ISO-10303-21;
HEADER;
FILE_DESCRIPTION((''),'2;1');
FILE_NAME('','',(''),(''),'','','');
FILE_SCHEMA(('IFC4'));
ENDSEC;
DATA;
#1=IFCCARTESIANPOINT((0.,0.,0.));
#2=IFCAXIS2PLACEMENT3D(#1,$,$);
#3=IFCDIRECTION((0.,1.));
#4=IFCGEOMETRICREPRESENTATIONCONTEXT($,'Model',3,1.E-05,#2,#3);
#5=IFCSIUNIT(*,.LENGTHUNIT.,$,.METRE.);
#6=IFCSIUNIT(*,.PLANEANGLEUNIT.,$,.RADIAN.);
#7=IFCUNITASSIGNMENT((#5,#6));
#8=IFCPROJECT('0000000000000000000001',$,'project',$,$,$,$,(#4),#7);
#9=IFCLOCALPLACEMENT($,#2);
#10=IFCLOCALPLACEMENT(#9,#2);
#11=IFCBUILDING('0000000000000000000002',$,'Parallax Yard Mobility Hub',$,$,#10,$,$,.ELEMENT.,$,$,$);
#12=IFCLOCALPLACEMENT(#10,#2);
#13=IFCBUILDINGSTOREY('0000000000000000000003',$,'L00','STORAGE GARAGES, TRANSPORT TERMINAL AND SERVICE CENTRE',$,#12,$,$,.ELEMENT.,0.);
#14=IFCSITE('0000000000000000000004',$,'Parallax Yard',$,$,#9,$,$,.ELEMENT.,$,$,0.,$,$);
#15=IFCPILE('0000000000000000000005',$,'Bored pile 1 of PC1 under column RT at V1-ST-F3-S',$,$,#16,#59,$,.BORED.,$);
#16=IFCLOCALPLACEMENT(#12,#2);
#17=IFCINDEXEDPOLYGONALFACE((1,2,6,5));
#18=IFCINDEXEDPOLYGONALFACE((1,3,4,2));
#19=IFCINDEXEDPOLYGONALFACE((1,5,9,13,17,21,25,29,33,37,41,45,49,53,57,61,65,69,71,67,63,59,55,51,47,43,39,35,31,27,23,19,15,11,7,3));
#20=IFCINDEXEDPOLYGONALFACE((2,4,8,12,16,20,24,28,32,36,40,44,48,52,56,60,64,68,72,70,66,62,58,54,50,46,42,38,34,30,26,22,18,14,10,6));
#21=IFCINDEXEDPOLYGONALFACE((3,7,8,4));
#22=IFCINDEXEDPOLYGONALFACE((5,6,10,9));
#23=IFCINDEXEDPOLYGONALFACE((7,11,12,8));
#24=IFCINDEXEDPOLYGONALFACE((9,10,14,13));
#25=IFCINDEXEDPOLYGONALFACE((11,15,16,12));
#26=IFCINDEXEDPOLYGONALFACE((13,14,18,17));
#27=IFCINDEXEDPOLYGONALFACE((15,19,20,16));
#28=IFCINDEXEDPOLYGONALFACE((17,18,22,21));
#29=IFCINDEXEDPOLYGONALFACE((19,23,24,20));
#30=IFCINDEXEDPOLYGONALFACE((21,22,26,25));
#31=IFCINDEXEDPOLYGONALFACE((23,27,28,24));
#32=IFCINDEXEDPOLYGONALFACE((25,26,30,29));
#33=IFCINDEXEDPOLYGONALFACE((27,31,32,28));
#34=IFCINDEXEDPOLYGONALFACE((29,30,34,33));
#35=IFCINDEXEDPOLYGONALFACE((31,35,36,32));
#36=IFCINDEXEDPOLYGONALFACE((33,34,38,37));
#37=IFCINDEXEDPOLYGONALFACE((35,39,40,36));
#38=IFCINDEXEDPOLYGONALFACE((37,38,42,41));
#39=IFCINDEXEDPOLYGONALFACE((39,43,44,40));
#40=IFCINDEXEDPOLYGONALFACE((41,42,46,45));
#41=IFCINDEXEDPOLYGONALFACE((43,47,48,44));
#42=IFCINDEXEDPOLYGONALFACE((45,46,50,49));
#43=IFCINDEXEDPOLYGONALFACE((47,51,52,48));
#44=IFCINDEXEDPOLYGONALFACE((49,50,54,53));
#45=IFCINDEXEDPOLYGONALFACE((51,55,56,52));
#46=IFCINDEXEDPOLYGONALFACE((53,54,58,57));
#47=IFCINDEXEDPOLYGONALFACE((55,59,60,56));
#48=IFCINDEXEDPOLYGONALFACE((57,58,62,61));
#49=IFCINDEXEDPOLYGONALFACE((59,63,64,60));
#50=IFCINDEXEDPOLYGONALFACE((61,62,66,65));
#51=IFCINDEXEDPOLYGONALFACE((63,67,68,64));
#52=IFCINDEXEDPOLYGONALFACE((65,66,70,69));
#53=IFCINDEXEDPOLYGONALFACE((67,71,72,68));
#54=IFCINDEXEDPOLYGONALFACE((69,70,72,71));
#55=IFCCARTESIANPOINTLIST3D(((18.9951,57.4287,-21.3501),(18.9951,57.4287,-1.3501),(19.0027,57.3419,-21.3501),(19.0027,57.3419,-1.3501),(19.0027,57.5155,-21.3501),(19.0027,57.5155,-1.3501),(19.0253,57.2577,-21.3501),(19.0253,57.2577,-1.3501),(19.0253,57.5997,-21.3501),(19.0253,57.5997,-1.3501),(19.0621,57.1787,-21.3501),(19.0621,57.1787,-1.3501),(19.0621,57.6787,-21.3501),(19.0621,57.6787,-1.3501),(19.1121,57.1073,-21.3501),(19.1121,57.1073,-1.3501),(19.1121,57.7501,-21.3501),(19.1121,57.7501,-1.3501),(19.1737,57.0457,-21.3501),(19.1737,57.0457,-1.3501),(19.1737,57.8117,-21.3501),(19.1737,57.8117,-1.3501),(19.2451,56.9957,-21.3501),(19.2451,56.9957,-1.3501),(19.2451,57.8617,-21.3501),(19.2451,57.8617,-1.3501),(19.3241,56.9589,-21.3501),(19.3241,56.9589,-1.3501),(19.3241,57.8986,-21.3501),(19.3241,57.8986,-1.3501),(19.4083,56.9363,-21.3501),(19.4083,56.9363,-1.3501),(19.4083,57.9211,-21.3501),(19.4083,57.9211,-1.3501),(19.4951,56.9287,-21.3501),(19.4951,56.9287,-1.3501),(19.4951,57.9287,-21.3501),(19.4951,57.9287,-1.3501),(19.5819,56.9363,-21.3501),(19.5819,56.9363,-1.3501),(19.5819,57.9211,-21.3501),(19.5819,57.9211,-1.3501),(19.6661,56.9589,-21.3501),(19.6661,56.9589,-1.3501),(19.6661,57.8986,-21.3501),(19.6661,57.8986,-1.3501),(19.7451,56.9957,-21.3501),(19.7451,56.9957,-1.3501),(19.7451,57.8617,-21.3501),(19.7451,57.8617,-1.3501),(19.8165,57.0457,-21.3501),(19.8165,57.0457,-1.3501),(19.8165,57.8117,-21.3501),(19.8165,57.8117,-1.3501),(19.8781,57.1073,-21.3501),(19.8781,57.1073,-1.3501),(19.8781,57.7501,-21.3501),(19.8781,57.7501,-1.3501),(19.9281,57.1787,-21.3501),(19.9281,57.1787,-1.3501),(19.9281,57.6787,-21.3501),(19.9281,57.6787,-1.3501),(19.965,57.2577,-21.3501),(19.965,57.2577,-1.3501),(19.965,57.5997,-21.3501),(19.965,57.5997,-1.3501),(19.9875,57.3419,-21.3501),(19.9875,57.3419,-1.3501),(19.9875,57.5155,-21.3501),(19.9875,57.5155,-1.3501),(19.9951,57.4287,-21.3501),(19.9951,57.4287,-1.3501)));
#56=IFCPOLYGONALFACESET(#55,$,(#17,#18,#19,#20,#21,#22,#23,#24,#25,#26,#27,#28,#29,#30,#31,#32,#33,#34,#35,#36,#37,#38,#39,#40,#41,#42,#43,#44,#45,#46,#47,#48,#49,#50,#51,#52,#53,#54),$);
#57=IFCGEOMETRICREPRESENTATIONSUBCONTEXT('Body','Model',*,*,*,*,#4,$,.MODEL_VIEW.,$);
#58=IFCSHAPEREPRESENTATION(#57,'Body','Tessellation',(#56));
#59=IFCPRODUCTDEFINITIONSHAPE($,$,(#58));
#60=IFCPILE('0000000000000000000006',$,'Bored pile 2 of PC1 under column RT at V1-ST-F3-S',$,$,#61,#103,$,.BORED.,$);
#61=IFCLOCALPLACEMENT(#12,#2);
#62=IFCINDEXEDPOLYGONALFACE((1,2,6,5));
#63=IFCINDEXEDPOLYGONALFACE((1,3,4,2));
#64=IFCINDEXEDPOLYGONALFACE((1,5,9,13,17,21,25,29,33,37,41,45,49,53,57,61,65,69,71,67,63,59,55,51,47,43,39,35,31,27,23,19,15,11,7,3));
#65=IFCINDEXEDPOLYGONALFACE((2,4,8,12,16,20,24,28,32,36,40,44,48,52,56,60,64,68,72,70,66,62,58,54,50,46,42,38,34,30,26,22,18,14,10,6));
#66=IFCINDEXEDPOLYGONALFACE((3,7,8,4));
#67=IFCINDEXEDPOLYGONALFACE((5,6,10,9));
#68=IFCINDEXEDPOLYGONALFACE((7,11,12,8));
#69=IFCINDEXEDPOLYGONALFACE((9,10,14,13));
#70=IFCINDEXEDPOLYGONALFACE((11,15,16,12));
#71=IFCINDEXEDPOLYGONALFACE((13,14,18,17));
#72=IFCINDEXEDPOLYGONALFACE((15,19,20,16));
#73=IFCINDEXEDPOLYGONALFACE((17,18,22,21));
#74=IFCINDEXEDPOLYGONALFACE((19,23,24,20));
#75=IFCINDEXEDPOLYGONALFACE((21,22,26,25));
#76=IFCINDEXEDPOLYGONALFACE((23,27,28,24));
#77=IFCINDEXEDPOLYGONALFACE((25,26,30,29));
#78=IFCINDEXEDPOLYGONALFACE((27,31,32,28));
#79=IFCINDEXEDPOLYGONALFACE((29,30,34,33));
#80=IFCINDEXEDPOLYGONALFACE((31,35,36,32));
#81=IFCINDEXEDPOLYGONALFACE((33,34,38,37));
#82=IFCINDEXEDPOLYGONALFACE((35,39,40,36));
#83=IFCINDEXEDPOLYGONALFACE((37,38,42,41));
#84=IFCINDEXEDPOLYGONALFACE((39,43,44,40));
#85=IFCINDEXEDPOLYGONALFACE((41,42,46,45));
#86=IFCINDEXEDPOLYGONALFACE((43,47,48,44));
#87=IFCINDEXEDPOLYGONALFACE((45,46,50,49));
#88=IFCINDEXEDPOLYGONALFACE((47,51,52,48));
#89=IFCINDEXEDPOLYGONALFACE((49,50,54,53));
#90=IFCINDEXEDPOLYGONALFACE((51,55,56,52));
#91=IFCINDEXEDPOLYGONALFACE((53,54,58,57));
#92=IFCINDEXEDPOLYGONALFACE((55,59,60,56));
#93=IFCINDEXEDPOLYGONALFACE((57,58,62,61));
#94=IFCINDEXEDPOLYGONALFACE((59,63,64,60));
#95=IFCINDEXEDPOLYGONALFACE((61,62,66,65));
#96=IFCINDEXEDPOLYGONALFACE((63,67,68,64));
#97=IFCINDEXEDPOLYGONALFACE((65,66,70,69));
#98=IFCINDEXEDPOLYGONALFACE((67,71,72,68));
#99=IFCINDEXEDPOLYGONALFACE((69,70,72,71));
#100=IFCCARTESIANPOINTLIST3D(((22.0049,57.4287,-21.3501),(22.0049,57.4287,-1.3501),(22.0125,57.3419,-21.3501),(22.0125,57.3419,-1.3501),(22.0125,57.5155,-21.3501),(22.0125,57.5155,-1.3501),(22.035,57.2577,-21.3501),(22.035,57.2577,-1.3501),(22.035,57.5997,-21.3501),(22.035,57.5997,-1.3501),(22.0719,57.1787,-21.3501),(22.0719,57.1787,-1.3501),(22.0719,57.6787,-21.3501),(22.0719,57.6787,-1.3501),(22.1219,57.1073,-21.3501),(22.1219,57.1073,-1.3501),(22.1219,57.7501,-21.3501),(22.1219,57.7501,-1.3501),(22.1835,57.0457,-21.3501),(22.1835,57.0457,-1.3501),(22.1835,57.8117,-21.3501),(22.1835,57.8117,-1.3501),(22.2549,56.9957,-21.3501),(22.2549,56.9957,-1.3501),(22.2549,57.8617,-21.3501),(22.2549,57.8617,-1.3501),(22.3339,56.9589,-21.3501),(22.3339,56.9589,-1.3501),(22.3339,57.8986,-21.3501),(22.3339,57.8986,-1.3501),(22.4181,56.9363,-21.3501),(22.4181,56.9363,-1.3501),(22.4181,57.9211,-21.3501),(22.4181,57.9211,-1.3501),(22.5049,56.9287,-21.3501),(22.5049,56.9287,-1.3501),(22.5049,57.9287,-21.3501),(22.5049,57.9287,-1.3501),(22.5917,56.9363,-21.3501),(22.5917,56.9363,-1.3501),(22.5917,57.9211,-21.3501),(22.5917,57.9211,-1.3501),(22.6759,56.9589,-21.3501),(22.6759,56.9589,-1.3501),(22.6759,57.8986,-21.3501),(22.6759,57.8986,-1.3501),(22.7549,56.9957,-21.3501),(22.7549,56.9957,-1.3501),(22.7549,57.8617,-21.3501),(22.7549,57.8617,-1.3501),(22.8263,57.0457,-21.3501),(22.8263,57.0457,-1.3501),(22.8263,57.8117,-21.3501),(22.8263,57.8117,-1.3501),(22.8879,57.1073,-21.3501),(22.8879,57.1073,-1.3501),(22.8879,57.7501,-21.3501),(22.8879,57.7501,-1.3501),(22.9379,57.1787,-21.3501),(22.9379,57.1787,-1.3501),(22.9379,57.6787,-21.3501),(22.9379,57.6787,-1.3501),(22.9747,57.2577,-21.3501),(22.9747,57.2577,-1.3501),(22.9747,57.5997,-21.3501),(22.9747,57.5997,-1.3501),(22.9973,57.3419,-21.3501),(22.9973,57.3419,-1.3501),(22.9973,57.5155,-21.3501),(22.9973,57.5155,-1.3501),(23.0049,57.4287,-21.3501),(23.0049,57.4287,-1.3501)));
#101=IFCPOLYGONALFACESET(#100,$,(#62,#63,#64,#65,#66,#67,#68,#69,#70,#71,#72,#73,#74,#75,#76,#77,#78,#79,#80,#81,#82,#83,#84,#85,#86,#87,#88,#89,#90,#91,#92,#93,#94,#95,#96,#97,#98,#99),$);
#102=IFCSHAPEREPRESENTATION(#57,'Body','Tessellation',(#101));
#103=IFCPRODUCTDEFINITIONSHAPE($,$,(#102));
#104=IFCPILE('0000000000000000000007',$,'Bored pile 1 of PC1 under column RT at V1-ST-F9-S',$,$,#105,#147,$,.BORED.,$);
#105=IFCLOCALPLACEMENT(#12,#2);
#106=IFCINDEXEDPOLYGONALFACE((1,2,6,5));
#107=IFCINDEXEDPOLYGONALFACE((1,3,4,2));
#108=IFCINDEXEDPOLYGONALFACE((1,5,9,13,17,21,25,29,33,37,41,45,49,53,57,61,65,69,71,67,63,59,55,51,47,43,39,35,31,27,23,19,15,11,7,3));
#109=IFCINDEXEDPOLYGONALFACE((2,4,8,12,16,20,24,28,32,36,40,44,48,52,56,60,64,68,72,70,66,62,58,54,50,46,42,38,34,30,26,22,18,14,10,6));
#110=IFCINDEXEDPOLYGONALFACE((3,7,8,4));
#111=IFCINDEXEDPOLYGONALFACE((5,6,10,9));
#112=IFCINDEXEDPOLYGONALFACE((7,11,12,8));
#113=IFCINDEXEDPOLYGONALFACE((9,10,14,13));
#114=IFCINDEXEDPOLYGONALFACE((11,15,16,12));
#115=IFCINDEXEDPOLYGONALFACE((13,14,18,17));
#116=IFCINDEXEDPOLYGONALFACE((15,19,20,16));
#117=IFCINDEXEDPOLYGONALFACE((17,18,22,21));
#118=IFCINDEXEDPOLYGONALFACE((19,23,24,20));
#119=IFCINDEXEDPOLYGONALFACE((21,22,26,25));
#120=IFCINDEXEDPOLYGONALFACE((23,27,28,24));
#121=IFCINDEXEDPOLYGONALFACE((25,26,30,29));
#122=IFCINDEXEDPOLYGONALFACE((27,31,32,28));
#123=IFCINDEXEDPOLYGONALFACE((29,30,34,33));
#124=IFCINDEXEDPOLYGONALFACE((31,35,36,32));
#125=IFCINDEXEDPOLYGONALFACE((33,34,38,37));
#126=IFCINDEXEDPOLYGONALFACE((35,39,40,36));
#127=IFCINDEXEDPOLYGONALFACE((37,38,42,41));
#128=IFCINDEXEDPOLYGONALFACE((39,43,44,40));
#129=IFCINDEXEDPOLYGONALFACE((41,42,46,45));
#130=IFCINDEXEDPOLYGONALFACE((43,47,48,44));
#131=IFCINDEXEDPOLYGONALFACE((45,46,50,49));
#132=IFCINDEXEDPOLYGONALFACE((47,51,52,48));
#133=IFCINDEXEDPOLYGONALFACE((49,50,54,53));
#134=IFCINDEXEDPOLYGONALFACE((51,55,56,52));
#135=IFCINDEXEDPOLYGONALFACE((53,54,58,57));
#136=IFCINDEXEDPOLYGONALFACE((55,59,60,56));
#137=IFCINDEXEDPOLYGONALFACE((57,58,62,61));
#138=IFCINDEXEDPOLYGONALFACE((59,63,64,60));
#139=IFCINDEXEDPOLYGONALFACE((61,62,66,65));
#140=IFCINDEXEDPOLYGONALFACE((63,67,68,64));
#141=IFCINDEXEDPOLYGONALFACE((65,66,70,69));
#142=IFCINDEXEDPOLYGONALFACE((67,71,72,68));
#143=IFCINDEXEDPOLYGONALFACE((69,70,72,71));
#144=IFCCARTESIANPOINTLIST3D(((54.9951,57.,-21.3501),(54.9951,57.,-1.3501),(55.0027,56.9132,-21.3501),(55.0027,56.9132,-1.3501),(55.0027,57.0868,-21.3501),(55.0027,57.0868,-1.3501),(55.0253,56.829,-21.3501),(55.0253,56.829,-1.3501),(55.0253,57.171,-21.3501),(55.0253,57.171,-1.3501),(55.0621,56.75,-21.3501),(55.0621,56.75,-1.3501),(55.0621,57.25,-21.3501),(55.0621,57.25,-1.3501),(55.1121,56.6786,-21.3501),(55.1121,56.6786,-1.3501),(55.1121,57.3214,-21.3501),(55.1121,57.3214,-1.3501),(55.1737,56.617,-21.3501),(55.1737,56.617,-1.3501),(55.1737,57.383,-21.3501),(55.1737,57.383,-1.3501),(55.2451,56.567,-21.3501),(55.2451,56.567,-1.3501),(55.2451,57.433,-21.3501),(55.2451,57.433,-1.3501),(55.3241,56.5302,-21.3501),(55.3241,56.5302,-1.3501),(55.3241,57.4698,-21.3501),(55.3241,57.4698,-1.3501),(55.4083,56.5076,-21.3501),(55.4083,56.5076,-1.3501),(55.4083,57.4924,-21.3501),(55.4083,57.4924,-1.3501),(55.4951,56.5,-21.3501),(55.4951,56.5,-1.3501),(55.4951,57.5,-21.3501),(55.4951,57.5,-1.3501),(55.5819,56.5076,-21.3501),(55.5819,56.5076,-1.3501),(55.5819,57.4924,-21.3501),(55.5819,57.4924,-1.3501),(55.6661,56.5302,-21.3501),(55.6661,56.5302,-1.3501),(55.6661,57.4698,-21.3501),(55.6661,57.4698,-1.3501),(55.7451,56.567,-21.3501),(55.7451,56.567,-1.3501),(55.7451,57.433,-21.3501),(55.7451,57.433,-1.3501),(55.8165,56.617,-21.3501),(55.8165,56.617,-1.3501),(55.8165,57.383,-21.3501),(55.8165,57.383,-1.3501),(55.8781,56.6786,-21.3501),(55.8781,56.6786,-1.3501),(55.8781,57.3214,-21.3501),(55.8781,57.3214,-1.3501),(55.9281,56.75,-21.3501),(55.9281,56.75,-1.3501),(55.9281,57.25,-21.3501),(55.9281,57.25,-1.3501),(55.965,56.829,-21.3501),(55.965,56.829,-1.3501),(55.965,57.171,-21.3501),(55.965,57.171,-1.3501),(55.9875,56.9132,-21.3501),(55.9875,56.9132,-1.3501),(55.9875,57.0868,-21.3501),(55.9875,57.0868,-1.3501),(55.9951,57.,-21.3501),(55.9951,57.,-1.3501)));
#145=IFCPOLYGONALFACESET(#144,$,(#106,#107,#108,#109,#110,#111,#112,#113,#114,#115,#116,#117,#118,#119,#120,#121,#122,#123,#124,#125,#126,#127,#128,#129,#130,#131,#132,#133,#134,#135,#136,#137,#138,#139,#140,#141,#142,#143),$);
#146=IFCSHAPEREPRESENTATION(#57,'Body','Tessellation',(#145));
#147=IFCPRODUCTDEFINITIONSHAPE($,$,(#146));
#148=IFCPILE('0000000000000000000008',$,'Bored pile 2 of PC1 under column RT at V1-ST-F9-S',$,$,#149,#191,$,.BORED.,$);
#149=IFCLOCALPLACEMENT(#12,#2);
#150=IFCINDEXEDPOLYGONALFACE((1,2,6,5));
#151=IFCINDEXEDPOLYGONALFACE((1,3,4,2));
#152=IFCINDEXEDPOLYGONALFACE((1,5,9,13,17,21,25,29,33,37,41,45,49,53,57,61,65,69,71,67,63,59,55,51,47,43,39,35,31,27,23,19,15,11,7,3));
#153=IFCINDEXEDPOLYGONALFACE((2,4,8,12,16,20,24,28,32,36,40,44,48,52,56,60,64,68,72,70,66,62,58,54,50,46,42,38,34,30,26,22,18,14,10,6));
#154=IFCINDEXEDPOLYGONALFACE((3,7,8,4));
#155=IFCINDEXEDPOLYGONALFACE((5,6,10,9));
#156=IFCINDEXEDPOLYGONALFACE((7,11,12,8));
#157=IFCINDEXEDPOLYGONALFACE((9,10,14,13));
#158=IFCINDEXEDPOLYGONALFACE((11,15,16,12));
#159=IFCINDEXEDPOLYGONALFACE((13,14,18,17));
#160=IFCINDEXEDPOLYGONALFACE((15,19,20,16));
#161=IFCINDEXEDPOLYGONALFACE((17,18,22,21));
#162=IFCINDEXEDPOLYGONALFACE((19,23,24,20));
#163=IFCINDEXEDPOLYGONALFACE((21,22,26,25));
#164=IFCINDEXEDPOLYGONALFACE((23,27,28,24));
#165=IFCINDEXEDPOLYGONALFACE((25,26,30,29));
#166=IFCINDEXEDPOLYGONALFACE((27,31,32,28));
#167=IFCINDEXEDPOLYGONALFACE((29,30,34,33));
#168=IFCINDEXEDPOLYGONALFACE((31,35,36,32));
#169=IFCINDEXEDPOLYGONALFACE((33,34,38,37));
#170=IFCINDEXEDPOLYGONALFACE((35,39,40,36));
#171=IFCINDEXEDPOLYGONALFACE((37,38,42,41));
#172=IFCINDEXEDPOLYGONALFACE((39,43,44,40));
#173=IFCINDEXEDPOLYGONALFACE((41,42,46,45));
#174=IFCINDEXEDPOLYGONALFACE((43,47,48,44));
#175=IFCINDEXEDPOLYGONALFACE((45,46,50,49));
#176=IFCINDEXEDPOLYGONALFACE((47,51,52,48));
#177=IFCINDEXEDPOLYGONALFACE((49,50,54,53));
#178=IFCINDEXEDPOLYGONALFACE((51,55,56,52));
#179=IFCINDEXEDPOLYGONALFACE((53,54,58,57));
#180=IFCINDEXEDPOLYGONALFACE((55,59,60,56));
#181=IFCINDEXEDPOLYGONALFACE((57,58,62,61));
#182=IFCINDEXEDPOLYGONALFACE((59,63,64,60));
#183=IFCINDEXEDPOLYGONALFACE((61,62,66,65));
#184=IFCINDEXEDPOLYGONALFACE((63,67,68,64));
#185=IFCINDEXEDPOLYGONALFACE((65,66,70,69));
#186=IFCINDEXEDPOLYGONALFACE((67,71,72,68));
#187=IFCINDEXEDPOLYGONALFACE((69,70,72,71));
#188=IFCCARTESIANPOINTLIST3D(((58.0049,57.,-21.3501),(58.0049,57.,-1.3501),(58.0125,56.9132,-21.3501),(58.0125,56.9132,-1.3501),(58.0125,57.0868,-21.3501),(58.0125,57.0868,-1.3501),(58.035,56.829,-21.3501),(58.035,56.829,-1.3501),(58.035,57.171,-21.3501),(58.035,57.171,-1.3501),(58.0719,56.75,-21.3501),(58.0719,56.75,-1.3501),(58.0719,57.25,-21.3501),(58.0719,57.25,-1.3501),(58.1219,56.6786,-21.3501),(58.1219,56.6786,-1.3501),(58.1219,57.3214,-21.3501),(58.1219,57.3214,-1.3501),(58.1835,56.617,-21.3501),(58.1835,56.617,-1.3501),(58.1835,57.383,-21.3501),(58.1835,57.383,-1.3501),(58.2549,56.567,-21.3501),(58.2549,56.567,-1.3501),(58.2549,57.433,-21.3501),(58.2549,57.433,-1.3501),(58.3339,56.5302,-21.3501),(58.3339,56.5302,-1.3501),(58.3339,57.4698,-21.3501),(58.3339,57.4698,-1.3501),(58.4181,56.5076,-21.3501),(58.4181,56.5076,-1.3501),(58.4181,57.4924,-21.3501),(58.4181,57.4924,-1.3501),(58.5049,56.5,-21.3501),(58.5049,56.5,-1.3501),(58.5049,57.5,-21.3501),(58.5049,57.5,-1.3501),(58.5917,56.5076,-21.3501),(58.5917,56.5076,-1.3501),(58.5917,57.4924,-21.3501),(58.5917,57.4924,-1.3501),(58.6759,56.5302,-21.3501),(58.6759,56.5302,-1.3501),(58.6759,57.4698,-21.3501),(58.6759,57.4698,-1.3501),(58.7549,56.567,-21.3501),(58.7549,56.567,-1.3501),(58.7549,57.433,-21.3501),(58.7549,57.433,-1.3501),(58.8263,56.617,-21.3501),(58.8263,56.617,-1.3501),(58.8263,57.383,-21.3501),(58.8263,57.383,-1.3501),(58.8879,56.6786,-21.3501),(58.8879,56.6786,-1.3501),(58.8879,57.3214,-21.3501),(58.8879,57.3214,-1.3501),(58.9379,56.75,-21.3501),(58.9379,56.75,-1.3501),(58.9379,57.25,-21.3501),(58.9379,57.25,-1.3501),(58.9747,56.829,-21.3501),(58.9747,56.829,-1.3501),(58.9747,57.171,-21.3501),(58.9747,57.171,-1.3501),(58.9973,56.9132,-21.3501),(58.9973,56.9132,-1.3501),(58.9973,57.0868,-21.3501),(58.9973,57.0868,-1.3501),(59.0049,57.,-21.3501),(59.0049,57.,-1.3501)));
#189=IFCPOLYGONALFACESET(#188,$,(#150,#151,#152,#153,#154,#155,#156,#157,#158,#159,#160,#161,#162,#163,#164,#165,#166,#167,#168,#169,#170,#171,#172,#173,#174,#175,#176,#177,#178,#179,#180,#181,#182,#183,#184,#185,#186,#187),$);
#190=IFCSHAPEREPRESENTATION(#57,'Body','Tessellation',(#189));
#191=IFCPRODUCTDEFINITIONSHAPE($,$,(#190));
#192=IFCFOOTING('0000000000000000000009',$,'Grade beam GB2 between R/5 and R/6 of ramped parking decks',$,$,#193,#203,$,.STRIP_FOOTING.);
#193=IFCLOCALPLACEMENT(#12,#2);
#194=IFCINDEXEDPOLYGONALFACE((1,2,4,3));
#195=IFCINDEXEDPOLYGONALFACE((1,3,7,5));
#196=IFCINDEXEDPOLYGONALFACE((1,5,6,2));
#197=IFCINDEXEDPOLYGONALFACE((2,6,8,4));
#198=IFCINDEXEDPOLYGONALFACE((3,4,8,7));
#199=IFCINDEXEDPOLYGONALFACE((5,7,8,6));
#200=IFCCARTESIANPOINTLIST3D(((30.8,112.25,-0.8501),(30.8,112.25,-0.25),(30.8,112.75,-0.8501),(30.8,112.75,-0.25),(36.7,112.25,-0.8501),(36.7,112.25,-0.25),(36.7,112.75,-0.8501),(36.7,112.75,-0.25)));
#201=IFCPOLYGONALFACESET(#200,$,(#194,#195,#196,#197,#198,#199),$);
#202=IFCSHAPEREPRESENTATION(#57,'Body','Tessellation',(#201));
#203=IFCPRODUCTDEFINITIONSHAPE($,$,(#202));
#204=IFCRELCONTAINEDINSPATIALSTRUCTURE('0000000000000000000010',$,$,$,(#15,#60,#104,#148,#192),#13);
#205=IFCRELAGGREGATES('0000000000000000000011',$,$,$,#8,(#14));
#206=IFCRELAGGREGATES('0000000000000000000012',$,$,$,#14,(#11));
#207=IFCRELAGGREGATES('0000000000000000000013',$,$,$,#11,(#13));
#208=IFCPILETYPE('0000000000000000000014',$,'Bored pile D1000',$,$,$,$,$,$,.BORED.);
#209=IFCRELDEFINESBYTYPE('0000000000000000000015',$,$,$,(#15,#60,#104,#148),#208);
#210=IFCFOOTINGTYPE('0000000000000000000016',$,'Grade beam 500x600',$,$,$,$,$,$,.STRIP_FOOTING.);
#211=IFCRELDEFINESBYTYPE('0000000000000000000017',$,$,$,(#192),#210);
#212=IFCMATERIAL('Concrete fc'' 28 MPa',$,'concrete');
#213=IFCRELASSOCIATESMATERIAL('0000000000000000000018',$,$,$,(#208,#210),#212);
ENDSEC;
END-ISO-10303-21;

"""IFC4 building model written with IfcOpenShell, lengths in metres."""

from ifc_helpers import new_model, si_unit, direction, frame, origin, origin_2d, place, context, subcontext, project, spatial, rectangle, circle, extrude, material, material_profile, profile_set, type_object, element, save


model = new_model("IFC4")

# Units and contexts
model_context = context("Model", 3, precision=1e-05, world=origin(), true_north=direction((0.0, 1.0)))
body_context = subcontext(model_context, "Body", "Model", "MODEL_VIEW")
ifc_project = project(units=[si_unit("LENGTHUNIT", "METRE"), si_unit("PLANEANGLEUNIT", "RADIAN")], contexts=[model_context])

# Site, building, storey
site_placement = place(None, origin())
site = spatial("IfcSite", under=ifc_project, at=site_placement, Name="Parallax Yard", CompositionType="ELEMENT", RefElevation=0.0)
building_placement = place(site_placement, origin())
building = spatial("IfcBuilding", under=site, at=building_placement, Name="Parallax Yard Mobility Hub", CompositionType="ELEMENT")
storey_placement = place(building_placement, origin())
storey = spatial("IfcBuildingStorey", under=building, at=storey_placement, Name="L00", Description="STORAGE GARAGES, TRANSPORT TERMINAL AND SERVICE CENTRE", CompositionType="ELEMENT", Elevation=0.0)

# Piles
ifc_material_1 = material(Name="Concrete fc' 28 MPa", Category="concrete")
ifc_material_profile_1 = material_profile(ifc_material_1, circle(Radius=0.5, at=origin_2d()), Name="Bored pile D1000")
ifc_profile_set_1 = profile_set([ifc_material_profile_1], Name="Concrete fc' 28 MPa")
pile_type = type_object("IfcPileType", Name="Bored pile D1000", PredefinedType="BORED", material=ifc_profile_set_1)
for number, where, z_axis, x_axis, name in (
    (1, (19.4951, 57.4287, -1.3501), (0.0, 0.0, -1.0), (1.0, 0.0, 0.0), "Bored pile 1 of PC1 under column RT at V1-ST-F3-S"),
    (2, (22.5049, 57.4287, -1.3501), (0.0, 0.0, -1.0), (1.0, 0.0, 0.0), "Bored pile 2 of PC1 under column RT at V1-ST-F3-S"),
    (3, (55.4951, 57.0, -1.3501), (0.0, 0.0, -1.0), (1.0, 0.0, 0.0), "Bored pile 1 of PC1 under column RT at V1-ST-F9-S"),
    (4, (58.5049, 57.0, -1.3501), (0.0, 0.0, -1.0), (1.0, 0.0, 0.0), "Bored pile 2 of PC1 under column RT at V1-ST-F9-S"),
):
    element("IfcPile", number, at=place(storey_placement, frame(where, z_axis=z_axis, x_axis=x_axis)), inside=storey, type_object=pile_type, Name=name, PredefinedType="BORED", context=body_context, shape_type="SweptSolid", body=[
        extrude(circle(Radius=0.5, at=origin_2d()), origin(), (0.0, 0.0, 1.0), 20.0),
    ])

# Footing
ifc_material_profile_2 = material_profile(ifc_material_1, rectangle(XDim=0.5, YDim=0.6001, at=origin_2d()), Name="Grade beam 500x600")
ifc_profile_set_2 = profile_set([ifc_material_profile_2], Name="Concrete fc' 28 MPa")
footing_type_1 = type_object("IfcFootingType", Name="Grade beam 500x600", PredefinedType="STRIP_FOOTING", material=ifc_profile_set_2)
footing_placement = place(storey_placement, frame((30.8, 112.5, -0.55), z_axis=(1.0, 0.0, 0.0), x_axis=(0.0, 1.0, 0.0)))
element("IfcFooting", 5, at=footing_placement, inside=storey, type_object=footing_type_1, Name="Grade beam GB2 between R/5 and R/6 of ramped parking decks", PredefinedType="STRIP_FOOTING", context=body_context, shape_type="SweptSolid", body=[
    extrude(rectangle(XDim=0.5, YDim=0.6001, at=origin_2d()), origin(), (0.0, 0.0, 1.0), 5.8999),
])

save(model, "model.ifc")
